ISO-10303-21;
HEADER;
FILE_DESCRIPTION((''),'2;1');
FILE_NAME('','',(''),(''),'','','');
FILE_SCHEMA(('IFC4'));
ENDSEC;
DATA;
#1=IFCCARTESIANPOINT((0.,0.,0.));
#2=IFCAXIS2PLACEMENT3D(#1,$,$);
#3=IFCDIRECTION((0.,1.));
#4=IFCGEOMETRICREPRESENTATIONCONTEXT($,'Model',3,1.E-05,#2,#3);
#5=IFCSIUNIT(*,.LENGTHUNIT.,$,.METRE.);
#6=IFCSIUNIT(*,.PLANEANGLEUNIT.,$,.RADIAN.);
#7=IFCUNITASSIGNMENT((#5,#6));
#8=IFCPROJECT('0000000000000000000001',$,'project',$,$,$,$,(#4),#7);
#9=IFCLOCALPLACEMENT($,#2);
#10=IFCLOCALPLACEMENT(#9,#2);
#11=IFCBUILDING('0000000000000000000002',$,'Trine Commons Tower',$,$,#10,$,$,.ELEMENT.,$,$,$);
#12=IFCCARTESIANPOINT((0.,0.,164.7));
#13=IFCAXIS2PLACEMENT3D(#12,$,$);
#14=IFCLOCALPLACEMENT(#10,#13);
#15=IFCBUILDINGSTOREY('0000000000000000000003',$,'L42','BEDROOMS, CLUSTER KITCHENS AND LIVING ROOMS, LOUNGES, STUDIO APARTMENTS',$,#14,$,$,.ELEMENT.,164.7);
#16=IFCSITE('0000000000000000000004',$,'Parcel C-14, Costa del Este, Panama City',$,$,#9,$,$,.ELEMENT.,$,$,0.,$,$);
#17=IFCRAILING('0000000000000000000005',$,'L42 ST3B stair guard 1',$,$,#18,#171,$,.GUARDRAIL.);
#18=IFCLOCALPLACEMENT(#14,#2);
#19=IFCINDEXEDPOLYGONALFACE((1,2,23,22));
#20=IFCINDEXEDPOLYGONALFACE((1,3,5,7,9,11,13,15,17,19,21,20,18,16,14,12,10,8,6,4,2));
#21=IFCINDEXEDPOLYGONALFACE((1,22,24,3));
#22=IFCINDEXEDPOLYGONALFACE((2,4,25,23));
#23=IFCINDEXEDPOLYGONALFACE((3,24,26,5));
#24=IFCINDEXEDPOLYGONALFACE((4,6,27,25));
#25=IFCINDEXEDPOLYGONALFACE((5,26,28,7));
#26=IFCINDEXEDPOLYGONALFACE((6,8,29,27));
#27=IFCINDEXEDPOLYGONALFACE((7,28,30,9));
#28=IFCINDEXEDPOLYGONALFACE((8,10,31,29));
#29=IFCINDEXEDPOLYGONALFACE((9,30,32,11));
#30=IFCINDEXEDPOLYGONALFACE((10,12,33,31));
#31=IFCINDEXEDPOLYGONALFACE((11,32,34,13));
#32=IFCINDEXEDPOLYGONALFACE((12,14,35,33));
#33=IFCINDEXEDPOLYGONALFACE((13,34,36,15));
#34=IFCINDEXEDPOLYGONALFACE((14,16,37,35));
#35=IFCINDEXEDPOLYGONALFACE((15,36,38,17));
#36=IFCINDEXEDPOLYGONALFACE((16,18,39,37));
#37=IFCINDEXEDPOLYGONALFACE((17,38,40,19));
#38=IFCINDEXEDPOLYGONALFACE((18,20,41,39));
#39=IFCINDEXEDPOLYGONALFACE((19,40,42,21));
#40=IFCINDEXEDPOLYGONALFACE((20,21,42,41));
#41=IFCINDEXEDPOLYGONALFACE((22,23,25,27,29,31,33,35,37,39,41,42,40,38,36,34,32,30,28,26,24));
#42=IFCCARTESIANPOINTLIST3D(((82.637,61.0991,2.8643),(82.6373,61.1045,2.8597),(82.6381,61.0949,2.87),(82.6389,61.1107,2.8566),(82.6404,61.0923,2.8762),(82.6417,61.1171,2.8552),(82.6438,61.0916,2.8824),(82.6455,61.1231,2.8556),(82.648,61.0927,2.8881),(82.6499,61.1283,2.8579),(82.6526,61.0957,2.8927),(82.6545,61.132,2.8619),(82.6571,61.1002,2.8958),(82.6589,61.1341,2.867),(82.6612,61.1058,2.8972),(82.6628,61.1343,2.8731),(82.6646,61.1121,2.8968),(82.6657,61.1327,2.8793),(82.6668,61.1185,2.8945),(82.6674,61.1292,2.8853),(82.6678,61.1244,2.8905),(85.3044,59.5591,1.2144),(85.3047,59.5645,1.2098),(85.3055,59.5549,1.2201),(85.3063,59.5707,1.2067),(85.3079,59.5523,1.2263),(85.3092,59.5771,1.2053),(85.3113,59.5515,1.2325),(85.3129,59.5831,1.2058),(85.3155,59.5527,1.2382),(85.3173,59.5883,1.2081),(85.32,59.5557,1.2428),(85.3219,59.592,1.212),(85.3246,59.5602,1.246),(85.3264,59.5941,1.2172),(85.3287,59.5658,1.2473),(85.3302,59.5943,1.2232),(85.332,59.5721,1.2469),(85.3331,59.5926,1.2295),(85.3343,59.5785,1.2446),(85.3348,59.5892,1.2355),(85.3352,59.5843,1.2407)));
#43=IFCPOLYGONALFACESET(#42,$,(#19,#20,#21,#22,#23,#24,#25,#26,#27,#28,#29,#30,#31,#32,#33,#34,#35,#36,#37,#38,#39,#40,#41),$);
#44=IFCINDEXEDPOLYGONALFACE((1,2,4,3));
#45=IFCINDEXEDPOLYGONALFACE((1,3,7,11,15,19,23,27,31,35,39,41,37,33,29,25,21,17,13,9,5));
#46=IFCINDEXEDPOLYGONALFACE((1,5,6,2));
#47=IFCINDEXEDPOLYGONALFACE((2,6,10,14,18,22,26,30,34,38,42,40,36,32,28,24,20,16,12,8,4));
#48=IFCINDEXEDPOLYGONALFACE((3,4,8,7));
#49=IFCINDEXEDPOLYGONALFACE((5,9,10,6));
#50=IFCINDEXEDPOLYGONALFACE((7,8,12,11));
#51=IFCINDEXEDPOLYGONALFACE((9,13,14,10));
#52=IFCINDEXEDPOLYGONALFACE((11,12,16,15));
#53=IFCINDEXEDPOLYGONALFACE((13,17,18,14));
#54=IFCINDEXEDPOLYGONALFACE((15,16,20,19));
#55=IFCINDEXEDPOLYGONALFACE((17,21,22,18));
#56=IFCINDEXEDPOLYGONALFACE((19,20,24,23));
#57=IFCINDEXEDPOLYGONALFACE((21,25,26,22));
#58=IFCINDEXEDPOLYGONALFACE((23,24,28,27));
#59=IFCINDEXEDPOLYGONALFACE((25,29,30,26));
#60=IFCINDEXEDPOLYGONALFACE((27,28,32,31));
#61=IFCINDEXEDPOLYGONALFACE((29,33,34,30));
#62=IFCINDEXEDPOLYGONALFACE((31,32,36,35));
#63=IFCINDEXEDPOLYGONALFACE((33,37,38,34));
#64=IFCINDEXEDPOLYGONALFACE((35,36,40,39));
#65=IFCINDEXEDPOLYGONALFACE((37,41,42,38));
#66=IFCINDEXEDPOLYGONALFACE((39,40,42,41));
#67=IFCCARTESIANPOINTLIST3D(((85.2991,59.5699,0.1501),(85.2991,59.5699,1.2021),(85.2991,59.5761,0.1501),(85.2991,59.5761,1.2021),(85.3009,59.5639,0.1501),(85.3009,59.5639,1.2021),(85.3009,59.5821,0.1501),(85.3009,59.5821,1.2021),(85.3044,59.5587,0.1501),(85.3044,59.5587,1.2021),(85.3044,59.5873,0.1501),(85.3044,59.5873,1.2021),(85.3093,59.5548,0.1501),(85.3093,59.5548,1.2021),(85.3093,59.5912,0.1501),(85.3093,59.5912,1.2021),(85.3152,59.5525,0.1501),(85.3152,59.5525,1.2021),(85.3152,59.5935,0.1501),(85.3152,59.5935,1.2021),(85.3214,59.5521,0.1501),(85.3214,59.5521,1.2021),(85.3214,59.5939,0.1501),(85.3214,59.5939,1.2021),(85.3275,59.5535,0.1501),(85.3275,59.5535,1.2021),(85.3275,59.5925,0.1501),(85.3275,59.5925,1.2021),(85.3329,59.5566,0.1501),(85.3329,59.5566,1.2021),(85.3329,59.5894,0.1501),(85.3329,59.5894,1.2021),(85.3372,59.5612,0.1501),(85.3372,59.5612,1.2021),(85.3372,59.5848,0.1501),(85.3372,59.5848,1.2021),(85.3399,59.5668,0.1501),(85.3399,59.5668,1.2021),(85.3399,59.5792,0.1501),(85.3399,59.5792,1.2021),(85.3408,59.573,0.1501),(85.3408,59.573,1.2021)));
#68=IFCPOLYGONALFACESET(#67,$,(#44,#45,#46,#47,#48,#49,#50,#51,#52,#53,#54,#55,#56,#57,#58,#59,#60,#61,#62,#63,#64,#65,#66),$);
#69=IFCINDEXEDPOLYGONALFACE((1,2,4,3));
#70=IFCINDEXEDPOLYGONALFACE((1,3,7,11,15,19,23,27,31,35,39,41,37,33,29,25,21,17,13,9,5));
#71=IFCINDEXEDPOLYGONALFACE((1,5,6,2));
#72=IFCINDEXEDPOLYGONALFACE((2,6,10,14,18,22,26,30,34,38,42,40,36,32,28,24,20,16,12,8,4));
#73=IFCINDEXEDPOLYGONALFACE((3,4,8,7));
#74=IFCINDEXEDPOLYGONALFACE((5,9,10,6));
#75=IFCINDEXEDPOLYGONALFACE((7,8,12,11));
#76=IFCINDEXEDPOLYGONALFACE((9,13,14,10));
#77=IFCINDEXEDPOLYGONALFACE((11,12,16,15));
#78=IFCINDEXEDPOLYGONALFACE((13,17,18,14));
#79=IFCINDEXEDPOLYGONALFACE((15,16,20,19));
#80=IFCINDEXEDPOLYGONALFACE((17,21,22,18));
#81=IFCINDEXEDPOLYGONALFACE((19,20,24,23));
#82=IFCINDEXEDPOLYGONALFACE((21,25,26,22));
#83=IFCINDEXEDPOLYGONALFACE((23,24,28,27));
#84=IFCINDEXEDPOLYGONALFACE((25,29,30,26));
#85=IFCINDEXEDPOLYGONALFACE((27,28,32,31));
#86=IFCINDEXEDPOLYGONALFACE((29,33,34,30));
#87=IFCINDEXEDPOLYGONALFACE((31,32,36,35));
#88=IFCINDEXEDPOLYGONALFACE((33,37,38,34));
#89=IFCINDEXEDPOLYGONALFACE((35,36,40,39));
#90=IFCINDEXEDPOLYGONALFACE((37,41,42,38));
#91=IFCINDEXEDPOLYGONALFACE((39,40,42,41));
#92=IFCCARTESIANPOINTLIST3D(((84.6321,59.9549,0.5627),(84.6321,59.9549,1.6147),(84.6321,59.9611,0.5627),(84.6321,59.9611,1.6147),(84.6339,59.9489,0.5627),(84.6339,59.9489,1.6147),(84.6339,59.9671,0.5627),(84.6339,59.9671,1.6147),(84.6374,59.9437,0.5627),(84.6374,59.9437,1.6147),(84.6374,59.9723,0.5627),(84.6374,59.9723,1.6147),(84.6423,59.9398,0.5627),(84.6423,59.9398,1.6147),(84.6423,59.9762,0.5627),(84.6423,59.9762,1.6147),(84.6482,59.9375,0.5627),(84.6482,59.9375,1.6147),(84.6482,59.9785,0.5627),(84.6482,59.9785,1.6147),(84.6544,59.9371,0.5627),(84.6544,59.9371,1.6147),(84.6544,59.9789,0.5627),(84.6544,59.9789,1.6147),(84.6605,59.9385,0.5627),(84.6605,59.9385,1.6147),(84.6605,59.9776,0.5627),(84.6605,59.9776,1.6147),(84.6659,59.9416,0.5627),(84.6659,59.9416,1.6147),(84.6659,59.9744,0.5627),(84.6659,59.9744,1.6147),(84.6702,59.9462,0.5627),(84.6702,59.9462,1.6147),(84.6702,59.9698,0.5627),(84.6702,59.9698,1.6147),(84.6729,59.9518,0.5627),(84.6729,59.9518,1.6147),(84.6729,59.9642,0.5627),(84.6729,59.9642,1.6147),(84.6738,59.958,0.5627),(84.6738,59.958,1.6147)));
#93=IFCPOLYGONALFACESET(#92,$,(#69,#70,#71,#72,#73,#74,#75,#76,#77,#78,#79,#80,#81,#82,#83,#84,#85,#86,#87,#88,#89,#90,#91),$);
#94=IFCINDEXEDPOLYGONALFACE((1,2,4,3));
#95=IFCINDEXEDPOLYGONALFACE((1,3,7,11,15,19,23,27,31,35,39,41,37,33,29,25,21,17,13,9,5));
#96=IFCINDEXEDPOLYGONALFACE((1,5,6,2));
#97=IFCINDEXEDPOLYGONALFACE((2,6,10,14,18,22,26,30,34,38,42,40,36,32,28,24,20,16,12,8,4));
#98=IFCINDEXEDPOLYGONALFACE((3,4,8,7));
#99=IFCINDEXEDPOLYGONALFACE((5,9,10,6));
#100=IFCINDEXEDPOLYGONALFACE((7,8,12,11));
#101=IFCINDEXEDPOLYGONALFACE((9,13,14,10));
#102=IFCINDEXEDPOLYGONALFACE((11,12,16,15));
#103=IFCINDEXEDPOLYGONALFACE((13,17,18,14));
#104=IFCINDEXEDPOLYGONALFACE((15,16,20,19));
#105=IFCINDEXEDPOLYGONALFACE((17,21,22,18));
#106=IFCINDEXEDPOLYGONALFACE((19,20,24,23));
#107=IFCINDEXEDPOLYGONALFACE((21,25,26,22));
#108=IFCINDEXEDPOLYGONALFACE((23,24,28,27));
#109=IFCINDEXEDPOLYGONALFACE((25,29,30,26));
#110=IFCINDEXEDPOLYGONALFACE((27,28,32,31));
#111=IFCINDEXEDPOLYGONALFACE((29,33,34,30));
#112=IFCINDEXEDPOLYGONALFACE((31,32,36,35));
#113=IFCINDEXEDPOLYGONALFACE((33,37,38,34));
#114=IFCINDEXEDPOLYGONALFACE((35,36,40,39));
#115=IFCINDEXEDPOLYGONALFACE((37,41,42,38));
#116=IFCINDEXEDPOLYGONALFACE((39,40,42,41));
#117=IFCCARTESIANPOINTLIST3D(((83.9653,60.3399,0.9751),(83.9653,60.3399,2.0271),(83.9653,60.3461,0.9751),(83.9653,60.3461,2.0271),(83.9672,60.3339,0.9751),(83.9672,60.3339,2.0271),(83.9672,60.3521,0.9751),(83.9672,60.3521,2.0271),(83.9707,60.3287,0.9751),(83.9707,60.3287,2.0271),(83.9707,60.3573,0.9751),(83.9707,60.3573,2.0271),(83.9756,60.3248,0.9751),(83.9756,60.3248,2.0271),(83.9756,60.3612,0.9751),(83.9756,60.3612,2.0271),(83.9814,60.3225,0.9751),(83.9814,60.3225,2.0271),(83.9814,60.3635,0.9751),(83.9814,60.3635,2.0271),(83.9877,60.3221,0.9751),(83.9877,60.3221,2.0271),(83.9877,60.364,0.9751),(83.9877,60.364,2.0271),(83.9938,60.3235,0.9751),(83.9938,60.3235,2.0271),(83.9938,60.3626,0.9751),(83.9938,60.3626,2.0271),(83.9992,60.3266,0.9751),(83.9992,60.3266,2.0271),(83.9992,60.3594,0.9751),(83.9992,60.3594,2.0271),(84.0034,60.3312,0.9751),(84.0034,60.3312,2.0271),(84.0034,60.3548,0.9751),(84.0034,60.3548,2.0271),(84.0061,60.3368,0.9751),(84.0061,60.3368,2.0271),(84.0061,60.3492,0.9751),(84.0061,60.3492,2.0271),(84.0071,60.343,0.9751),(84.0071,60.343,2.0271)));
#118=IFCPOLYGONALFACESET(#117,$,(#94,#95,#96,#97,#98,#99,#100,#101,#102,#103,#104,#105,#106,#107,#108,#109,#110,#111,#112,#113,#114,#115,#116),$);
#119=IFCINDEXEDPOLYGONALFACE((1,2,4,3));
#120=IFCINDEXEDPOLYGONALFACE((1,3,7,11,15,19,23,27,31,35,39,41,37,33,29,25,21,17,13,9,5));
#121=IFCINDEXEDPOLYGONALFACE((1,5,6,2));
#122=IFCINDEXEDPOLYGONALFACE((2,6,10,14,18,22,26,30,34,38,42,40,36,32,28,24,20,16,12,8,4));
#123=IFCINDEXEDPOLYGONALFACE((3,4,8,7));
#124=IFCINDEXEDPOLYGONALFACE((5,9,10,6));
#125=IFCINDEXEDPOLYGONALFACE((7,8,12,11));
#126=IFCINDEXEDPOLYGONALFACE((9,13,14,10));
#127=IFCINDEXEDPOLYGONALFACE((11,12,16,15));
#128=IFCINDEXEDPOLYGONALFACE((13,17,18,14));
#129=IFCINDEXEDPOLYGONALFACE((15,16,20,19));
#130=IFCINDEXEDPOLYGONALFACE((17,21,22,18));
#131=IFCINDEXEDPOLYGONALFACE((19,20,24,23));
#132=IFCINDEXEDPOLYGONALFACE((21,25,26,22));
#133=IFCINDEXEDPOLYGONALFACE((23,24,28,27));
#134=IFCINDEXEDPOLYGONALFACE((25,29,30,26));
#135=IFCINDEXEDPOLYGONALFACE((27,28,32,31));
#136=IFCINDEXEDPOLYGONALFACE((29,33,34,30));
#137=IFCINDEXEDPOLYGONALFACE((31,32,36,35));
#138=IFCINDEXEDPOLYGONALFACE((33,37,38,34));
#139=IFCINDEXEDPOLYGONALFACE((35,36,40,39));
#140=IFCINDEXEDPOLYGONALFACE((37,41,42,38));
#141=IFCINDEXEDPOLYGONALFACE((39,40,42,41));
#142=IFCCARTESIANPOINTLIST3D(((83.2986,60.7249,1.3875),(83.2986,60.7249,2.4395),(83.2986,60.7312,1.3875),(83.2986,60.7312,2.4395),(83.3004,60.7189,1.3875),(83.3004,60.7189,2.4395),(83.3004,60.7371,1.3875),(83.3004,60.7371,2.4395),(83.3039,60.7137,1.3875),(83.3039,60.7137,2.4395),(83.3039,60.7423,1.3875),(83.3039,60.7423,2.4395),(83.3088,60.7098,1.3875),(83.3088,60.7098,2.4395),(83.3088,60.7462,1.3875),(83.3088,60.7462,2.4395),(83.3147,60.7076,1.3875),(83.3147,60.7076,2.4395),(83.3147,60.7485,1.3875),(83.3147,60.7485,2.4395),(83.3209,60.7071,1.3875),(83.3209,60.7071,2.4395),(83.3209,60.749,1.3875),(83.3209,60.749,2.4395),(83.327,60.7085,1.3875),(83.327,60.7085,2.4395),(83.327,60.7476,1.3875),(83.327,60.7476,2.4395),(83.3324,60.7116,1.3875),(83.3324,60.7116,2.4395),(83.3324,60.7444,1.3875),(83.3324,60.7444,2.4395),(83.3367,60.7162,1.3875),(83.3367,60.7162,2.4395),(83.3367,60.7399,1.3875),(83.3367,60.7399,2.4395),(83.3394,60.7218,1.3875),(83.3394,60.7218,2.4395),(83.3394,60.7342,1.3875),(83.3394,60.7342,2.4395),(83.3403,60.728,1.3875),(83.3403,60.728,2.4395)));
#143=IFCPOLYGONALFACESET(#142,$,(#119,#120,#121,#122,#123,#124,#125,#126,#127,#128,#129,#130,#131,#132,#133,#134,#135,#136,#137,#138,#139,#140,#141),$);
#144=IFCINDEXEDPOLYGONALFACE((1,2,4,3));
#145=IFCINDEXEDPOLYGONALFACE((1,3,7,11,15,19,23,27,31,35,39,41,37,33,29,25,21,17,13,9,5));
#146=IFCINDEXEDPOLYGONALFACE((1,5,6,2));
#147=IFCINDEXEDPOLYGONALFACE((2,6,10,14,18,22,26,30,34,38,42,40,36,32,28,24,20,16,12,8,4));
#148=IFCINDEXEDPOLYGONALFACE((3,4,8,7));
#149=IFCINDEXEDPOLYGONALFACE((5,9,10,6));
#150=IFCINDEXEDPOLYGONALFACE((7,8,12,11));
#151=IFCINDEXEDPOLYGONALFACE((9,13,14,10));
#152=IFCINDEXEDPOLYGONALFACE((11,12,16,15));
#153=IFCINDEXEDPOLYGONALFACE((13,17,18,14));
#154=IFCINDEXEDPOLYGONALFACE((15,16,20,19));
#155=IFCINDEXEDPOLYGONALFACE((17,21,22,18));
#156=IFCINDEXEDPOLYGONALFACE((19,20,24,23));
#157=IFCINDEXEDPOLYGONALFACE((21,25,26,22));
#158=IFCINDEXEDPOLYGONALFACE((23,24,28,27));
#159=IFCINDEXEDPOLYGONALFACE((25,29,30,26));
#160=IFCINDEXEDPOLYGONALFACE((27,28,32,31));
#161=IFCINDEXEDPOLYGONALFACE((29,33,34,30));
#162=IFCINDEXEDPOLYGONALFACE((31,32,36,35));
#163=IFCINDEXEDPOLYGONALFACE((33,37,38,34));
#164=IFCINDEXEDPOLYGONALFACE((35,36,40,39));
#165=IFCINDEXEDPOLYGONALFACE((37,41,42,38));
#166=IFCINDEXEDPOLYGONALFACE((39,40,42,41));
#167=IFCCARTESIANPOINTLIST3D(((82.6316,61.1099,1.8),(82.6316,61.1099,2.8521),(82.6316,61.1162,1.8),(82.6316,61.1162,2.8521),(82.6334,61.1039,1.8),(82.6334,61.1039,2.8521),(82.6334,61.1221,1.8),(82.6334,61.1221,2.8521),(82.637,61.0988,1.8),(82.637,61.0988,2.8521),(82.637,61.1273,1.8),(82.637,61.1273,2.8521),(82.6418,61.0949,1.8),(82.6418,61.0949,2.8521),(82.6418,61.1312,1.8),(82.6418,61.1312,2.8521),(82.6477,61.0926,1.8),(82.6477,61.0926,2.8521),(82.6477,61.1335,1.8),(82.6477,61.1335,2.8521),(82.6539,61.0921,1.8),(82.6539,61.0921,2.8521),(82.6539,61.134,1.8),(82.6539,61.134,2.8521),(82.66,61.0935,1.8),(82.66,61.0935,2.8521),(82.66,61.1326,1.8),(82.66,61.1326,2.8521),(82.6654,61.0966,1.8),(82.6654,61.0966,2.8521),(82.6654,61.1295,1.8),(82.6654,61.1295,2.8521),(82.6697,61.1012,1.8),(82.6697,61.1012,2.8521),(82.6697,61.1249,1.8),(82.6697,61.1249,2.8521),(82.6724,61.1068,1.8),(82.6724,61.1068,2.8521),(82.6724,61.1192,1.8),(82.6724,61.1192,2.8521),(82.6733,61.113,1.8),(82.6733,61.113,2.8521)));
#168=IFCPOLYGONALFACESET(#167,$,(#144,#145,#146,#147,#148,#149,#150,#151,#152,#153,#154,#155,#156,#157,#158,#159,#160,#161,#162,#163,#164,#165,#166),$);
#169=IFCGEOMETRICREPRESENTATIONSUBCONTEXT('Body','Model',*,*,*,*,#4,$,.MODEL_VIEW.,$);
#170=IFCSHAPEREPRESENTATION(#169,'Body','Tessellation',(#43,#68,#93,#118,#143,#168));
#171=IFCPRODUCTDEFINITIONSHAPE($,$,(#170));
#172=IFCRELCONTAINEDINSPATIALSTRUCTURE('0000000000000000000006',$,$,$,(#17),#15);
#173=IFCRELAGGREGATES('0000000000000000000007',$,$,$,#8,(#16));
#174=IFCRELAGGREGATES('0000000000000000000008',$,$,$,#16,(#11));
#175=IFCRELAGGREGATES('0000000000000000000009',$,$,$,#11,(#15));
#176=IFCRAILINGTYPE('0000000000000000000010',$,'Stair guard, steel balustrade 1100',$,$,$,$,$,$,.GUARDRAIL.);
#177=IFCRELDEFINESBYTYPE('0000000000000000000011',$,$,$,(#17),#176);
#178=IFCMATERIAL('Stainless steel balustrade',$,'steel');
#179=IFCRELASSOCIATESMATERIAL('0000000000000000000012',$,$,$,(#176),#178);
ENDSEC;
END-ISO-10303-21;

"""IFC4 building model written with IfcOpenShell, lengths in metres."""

from ifc_helpers import new_model, si_unit, direction, frame, origin, origin_2d, place, context, subcontext, project, spatial, circle, extrude, material, type_object, element, save


model = new_model("IFC4")

# Units and contexts
model_context = context("Model", 3, precision=1e-05, world=origin(), true_north=direction((0.0, 1.0)))
body_context = subcontext(model_context, "Body", "Model", "MODEL_VIEW")
ifc_project = project(units=[si_unit("LENGTHUNIT", "METRE"), si_unit("PLANEANGLEUNIT", "RADIAN")], contexts=[model_context])

# Site, building, storey
site_placement = place(None, origin())
site = spatial("IfcSite", under=ifc_project, at=site_placement, Name="Parcel C-14, Costa del Este, Panama City", CompositionType="ELEMENT", RefElevation=0.0)
building_placement = place(site_placement, origin())
building = spatial("IfcBuilding", under=site, at=building_placement, Name="Trine Commons Tower", CompositionType="ELEMENT")
storey_placement = place(building_placement, frame((0.0, 0.0, 164.7)))
storey = spatial("IfcBuildingStorey", under=building, at=storey_placement, Name="L42", Description="BEDROOMS, CLUSTER KITCHENS AND LIVING ROOMS, LOUNGES, STUDIO APARTMENTS", CompositionType="ELEMENT", Elevation=164.7)

# Railing
ifc_material_1 = material(Name="Stainless steel balustrade", Category="steel")
railing_type_1 = type_object("IfcRailingType", Name="Stair guard, steel balustrade 1100", PredefinedType="GUARDRAIL", material=ifc_material_1)
railing_1_placement = place(storey_placement, frame((85.3198, 59.573, 0.1501)))
element("IfcRailing", 1, at=railing_1_placement, inside=storey, type_object=railing_type_1, Name="L42 ST3B stair guard 1", PredefinedType="GUARDRAIL", context=body_context, shape_type="SweptSolid", body=[
    extrude(circle(Radius=0.0239, at=origin_2d()), frame((0.0, 0.0, 1.0762), z_axis=(-0.763405, 0.440743, 0.472185), x_axis=(-0.499992, -0.86603, 0.0)), (0.0, 0.0, 1.0), 3.4941),
    extrude(circle(Radius=0.021, at=origin_2d()), origin(), (0.0, 0.0, 1.0), 1.052),
    extrude(circle(Radius=0.021, at=origin_2d()), frame((-0.667, 0.385, 0.4126)), (0.0, 0.0, 1.0), 1.052),
    extrude(circle(Radius=0.021, at=origin_2d()), frame((-1.3337, 0.77, 0.825)), (0.0, 0.0, 1.0), 1.052),
    extrude(circle(Radius=0.021, at=origin_2d()), frame((-2.0005, 1.155, 1.2373)), (0.0, 0.0, 1.0), 1.052),
    extrude(circle(Radius=0.021, at=origin_2d()), frame((-2.6675, 1.54, 1.6499)), (0.0, 0.0, 1.0), 1.052),
])

save(model, "model.ifc")
